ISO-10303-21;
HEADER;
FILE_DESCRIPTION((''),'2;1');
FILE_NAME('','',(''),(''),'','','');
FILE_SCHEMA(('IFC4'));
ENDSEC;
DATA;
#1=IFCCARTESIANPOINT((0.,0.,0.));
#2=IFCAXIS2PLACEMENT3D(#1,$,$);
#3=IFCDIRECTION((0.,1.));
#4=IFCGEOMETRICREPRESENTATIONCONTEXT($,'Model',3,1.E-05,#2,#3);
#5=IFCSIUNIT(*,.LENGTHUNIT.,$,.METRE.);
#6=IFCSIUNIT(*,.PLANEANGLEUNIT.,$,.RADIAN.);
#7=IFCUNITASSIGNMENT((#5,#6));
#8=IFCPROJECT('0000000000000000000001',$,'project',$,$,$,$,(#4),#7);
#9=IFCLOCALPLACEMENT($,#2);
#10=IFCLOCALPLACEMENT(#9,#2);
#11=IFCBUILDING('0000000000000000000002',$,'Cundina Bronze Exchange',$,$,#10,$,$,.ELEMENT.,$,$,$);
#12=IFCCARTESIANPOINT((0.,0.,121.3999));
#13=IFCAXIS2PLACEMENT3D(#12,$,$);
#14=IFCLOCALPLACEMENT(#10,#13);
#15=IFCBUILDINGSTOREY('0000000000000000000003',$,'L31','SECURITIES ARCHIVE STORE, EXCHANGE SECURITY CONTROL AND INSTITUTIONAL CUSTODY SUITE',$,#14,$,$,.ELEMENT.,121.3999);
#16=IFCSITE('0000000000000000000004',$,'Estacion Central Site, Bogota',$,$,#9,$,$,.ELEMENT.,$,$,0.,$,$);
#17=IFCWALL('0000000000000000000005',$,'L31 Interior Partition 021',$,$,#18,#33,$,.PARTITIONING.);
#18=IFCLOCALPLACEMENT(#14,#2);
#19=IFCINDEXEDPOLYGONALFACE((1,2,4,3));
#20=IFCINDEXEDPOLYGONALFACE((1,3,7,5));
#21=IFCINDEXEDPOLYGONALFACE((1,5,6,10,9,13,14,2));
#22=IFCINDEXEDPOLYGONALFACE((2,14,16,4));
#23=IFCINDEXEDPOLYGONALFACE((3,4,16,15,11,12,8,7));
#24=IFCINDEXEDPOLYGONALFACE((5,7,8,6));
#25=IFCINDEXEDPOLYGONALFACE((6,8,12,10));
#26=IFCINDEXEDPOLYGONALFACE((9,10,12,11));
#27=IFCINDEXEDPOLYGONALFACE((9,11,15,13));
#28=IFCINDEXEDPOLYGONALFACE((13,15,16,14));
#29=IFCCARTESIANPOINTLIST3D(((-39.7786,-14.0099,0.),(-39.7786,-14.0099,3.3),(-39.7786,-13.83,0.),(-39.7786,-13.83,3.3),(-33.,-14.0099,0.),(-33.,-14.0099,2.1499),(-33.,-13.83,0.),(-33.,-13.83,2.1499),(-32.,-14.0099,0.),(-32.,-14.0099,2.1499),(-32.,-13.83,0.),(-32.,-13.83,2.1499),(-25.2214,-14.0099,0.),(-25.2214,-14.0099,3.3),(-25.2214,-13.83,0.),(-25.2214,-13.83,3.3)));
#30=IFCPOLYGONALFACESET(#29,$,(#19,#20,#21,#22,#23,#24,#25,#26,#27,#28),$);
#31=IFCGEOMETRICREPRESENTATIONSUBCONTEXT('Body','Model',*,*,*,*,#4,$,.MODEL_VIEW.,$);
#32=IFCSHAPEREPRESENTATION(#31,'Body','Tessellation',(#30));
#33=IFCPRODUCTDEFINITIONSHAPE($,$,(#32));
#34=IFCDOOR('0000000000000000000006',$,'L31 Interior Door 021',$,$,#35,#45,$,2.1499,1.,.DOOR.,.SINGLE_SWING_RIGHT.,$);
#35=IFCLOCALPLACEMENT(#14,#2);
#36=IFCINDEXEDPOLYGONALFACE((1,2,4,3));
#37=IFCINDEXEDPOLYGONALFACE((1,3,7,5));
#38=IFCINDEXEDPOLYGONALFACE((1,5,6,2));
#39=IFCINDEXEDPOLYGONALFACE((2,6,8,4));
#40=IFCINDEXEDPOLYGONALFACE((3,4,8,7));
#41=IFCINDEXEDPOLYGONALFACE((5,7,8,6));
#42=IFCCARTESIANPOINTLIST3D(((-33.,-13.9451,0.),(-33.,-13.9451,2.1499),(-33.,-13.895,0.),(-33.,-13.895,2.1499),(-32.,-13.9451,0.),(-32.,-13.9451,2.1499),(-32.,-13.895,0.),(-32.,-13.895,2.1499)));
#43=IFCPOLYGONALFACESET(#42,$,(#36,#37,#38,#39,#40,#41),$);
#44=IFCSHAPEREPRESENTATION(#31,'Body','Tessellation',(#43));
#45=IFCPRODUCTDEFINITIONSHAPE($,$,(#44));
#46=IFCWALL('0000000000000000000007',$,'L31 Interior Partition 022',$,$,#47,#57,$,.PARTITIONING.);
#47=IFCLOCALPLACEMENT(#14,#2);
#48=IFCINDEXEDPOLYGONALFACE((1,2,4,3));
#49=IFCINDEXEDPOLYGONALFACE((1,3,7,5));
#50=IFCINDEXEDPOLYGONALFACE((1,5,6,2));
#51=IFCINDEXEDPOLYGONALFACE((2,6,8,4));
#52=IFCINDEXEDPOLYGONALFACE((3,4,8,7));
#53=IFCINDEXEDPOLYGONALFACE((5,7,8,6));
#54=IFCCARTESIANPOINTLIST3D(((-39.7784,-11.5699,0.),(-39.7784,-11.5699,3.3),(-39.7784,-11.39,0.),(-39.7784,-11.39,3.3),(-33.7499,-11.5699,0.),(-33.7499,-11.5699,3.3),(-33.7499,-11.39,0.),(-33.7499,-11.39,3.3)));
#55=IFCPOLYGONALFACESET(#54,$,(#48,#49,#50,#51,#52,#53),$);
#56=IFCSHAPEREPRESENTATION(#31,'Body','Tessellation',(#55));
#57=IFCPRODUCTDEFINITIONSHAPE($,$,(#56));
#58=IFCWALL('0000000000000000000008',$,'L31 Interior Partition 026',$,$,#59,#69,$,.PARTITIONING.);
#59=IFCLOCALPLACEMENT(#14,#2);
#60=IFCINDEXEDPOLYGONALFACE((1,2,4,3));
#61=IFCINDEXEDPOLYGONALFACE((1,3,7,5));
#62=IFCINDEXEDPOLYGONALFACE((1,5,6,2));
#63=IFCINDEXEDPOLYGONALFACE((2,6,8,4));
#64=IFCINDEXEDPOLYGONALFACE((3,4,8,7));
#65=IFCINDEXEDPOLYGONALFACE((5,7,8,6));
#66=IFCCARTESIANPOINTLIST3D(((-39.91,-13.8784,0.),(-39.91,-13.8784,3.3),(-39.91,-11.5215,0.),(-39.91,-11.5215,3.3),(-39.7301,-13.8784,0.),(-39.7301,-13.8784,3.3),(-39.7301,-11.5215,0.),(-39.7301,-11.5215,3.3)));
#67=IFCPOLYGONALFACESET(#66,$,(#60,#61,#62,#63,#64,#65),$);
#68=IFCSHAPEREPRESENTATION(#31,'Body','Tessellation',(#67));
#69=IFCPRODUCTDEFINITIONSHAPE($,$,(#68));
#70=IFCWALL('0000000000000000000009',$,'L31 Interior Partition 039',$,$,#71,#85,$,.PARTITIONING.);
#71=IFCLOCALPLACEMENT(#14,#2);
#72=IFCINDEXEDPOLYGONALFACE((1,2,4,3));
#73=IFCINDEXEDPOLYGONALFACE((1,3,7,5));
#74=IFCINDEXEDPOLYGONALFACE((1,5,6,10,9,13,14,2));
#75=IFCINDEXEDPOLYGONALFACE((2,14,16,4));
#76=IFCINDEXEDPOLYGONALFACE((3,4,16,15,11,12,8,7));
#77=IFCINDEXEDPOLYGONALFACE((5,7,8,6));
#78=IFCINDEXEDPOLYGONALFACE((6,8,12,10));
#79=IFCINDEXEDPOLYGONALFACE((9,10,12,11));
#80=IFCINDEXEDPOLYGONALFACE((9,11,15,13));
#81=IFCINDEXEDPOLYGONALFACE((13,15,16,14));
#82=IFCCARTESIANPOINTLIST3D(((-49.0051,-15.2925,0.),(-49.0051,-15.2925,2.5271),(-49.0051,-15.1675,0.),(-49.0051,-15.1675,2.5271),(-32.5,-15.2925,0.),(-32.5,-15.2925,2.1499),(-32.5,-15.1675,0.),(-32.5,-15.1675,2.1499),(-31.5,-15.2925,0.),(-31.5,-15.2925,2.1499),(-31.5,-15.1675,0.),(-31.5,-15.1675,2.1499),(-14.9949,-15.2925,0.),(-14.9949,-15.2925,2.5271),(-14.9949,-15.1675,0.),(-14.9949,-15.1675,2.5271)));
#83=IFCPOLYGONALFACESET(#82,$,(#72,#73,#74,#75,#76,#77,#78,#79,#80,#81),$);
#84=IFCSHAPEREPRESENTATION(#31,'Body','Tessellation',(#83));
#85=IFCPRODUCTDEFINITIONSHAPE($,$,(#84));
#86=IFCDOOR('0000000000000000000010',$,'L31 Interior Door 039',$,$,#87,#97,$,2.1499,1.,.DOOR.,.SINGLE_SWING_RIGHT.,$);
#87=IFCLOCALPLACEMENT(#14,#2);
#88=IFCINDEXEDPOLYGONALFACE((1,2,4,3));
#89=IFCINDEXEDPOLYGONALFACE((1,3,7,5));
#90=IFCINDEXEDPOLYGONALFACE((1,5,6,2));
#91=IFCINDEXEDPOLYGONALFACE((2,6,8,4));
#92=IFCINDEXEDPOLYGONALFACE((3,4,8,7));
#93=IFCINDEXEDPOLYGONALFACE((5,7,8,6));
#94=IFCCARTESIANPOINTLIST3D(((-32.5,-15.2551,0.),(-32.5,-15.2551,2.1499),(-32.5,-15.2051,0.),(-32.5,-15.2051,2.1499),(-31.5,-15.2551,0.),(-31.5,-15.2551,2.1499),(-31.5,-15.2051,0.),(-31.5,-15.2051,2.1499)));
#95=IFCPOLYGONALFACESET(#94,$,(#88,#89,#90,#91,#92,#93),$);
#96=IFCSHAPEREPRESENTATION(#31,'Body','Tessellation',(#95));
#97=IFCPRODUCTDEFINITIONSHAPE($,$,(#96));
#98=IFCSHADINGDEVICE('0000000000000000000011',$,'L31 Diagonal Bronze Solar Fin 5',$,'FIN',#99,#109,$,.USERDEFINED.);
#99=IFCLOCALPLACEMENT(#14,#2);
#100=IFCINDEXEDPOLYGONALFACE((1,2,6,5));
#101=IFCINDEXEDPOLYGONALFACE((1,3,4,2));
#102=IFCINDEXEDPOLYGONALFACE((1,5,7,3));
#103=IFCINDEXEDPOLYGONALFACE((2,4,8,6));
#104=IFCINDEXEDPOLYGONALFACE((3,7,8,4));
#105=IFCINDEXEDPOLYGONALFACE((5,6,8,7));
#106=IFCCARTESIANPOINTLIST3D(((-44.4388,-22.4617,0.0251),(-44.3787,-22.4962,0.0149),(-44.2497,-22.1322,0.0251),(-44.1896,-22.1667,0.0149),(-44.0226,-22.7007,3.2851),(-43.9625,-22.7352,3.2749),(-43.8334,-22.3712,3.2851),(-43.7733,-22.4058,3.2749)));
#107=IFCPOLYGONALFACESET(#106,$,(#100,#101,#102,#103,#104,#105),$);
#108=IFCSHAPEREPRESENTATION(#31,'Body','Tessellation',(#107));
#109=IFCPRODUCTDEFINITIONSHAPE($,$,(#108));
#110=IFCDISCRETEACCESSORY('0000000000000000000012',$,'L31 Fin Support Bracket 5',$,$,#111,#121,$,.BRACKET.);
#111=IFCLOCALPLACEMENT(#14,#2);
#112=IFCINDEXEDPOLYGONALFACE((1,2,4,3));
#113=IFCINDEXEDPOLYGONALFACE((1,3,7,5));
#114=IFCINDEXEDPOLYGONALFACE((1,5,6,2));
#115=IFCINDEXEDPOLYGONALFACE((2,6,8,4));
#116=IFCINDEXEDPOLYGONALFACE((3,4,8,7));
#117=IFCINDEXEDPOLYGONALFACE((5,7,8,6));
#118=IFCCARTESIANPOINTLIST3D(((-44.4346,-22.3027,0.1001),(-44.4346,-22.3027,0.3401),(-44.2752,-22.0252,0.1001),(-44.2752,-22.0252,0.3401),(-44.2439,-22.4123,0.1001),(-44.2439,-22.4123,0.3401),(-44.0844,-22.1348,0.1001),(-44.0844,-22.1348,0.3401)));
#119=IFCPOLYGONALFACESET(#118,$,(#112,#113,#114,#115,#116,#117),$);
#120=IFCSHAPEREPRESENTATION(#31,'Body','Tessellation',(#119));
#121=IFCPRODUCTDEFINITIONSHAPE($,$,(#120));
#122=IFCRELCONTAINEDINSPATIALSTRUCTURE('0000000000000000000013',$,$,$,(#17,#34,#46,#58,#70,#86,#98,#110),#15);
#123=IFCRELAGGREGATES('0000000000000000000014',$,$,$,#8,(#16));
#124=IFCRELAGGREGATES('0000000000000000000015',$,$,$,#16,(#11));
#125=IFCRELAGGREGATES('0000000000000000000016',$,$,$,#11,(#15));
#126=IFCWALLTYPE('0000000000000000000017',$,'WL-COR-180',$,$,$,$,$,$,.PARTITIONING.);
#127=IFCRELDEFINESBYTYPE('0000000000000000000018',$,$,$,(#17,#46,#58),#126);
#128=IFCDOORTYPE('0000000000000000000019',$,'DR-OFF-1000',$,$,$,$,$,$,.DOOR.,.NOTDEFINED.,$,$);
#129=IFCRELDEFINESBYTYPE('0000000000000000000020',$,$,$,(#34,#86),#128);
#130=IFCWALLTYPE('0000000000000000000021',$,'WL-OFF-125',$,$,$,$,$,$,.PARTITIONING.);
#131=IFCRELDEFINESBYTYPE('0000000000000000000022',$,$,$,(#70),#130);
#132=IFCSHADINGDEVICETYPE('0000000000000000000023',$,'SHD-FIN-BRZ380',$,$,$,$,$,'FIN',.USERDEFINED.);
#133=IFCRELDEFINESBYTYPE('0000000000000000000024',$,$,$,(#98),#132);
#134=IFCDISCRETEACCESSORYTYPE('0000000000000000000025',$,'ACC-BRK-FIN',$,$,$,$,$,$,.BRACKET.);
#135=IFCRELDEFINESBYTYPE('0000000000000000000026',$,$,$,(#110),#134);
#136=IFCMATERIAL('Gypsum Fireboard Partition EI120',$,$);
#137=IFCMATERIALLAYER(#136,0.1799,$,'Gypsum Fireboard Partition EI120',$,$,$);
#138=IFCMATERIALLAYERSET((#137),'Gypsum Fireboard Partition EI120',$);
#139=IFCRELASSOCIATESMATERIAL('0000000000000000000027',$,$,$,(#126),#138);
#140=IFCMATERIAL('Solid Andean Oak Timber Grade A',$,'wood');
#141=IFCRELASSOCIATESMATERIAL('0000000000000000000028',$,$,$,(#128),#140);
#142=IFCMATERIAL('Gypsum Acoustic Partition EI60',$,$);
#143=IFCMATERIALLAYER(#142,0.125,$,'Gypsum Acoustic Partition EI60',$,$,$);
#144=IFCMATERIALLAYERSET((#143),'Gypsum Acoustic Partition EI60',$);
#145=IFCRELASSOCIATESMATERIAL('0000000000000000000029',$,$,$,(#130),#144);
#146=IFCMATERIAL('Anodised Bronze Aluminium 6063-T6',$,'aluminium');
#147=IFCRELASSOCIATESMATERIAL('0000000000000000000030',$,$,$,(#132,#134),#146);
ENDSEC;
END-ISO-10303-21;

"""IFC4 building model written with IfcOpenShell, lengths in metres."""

from ifc_helpers import new_model, si_unit, direction, frame, frame_2d, origin, origin_2d, place, context, subcontext, project, spatial, rectangle, extrude, material, layer, layer_set, material_profile, profile_set, type_object, element, fill, save


model = new_model("IFC4")

# Units and contexts
model_context = context("Model", 3, precision=1e-05, world=origin(), true_north=direction((0.0, 1.0)))
body_context = subcontext(model_context, "Body", "Model", "MODEL_VIEW")
ifc_project = project(units=[si_unit("LENGTHUNIT", "METRE"), si_unit("PLANEANGLEUNIT", "RADIAN")], contexts=[model_context])

# Site, building, storey
site_placement = place(None, origin())
site = spatial("IfcSite", under=ifc_project, at=site_placement, Name="Estacion Central Site, Bogota", CompositionType="ELEMENT", RefElevation=0.0)
building_placement = place(site_placement, origin())
building = spatial("IfcBuilding", under=site, at=building_placement, Name="Cundina Bronze Exchange", CompositionType="ELEMENT")
storey_placement = place(building_placement, frame((0.0, 0.0, 121.3999)))
storey = spatial("IfcBuildingStorey", under=building, at=storey_placement, Name="L31", Description="SECURITIES ARCHIVE STORE, EXCHANGE SECURITY CONTROL AND INSTITUTIONAL CUSTODY SUITE", CompositionType="ELEMENT", Elevation=121.3999)

# Shared definitions
ifc_material_1 = material(Name="Anodised Bronze Aluminium 6063-T6", Category="aluminium")

# Wall, opening, door
ifc_material_2 = material(Name="Gypsum Fireboard Partition EI120")
ifc_layer_1 = layer(ifc_material_2, 0.1799, Name="Gypsum Fireboard Partition EI120")
ifc_layer_set_1 = layer_set([ifc_layer_1], Name="Gypsum Fireboard Partition EI120")
wall_type_1 = type_object("IfcWallType", Name="WL-COR-180", PredefinedType="PARTITIONING", material=ifc_layer_set_1)
wall_1_placement = place(storey_placement, frame((-39.7786, -13.9199, 0.0), z_axis=(0.0, 0.0, 1.0), x_axis=(1.0, 0.0, 0.0)))
wall_1 = element("IfcWall", 1, at=wall_1_placement, inside=storey, type_object=wall_type_1, Name="L31 Interior Partition 021", PredefinedType="PARTITIONING", context=body_context, shape_type="SweptSolid", body=[
    extrude(rectangle(XDim=14.5571, YDim=0.1799, at=frame_2d((7.2786, 0.0))), origin(), (0.0, 0.0, 1.0), 3.3),
])
opening_1_placement = place(wall_1_placement, frame((6.7786, 0.0, 0.0)))
opening_1 = element("IfcOpeningElement", 2, at=opening_1_placement, cuts=wall_1, PredefinedType="OPENING", context=body_context, shape_type="SweptSolid", body=[
    extrude(rectangle(XDim=1.0, YDim=2.1499, at=frame_2d((0.5, 1.075))), frame((0.0, 0.0999, 0.0), z_axis=(0.0, -1.0, 0.0), x_axis=(1.0, 0.0, 0.0)), (0.0, 0.0, 1.0), 0.2),
])
ifc_material_3 = material(Name="Solid Andean Oak Timber Grade A", Category="wood")
door_type = type_object("IfcDoorType", Name="DR-OFF-1000", OperationType="NOTDEFINED", PredefinedType="DOOR", material=ifc_material_3)
door_1_placement = place(opening_1_placement, origin())
door_1 = element("IfcDoor", 3, at=door_1_placement, inside=storey, type_object=door_type, Name="L31 Interior Door 021", OperationType="SINGLE_SWING_RIGHT", OverallHeight=2.1499, OverallWidth=1.0, PredefinedType="DOOR", context=body_context, shape_type="SweptSolid", body=[
    extrude(rectangle(XDim=1.0, YDim=2.1499, at=frame_2d((0.5, 1.075))), frame((0.0, 0.0249, 0.0), z_axis=(0.0, -1.0, 0.0), x_axis=(1.0, 0.0, 0.0)), (0.0, 0.0, 1.0), 0.05),
])
fill(opening_1, door_1)

# Walls
wall_2_placement = place(storey_placement, frame((-33.75, -11.48, 0.0), z_axis=(0.0, 0.0, 1.0), x_axis=(-1.0, 0.0, 0.0)))
element("IfcWall", 4, at=wall_2_placement, inside=storey, type_object=wall_type_1, Name="L31 Interior Partition 022", PredefinedType="PARTITIONING", context=body_context, shape_type="SweptSolid", body=[
    extrude(rectangle(XDim=6.0286, YDim=0.1799, at=frame_2d((3.0142, 0.0))), origin(), (0.0, 0.0, 1.0), 3.3),
])
wall_3_placement = place(storey_placement, frame((-39.8201, -11.5215, 0.0), z_axis=(0.0, 0.0, 1.0), x_axis=(0.0, -1.0, 0.0)))
element("IfcWall", 5, at=wall_3_placement, inside=storey, type_object=wall_type_1, Name="L31 Interior Partition 026", PredefinedType="PARTITIONING", context=body_context, shape_type="SweptSolid", body=[
    extrude(rectangle(XDim=2.3569, YDim=0.1799, at=frame_2d((1.1785, 0.0))), origin(), (0.0, 0.0, 1.0), 3.3),
])

# Wall, opening, door
ifc_material_4 = material(Name="Gypsum Acoustic Partition EI60")
ifc_layer_2 = layer(ifc_material_4, 0.125, Name="Gypsum Acoustic Partition EI60")
ifc_layer_set_2 = layer_set([ifc_layer_2], Name="Gypsum Acoustic Partition EI60")
wall_type_2 = type_object("IfcWallType", Name="WL-OFF-125", PredefinedType="PARTITIONING", material=ifc_layer_set_2)
wall_4_placement = place(storey_placement, frame((-49.0051, -15.23, 0.0), z_axis=(0.0, 0.0, 1.0), x_axis=(1.0, 0.0, 0.0)))
wall_4 = element("IfcWall", 6, at=wall_4_placement, inside=storey, type_object=wall_type_2, Name="L31 Interior Partition 039", PredefinedType="PARTITIONING", context=body_context, shape_type="SweptSolid", body=[
    extrude(rectangle(XDim=34.0103, YDim=0.125, at=frame_2d((17.0051, 0.0))), origin(), (0.0, 0.0, 1.0), 2.5271),
])
opening_2_placement = place(wall_4_placement, frame((16.5051, 0.0, 0.0)))
opening_2 = element("IfcOpeningElement", 7, at=opening_2_placement, cuts=wall_4, PredefinedType="OPENING", context=body_context, shape_type="SweptSolid", body=[
    extrude(rectangle(XDim=1.0, YDim=2.1499, at=frame_2d((0.5, 1.075))), frame((0.0, 0.0725, 0.0), z_axis=(0.0, -1.0, 0.0), x_axis=(1.0, 0.0, 0.0)), (0.0, 0.0, 1.0), 0.145),
])
door_2_placement = place(opening_2_placement, origin())
door_2 = element("IfcDoor", 8, at=door_2_placement, inside=storey, type_object=door_type, Name="L31 Interior Door 039", OperationType="SINGLE_SWING_RIGHT", OverallHeight=2.1499, OverallWidth=1.0, PredefinedType="DOOR", context=body_context, shape_type="SweptSolid", body=[
    extrude(rectangle(XDim=1.0, YDim=2.1499, at=frame_2d((0.5, 1.075))), frame((0.0, 0.0249, 0.0), z_axis=(0.0, -1.0, 0.0), x_axis=(1.0, 0.0, 0.0)), (0.0, 0.0, 1.0), 0.05),
])
fill(opening_2, door_2)

# Shading device
ifc_material_profile_1 = material_profile(ifc_material_1, rectangle(XDim=0.0701, YDim=0.3799, at=origin_2d()), Name="FIN70X380", Category="aluminium")
ifc_profile_set_1 = profile_set([ifc_material_profile_1], Name="Anodised Bronze Aluminium 6063-T6")
shading_device_type = type_object("IfcShadingDeviceType", Name="SHD-FIN-BRZ380", ElementType="FIN", PredefinedType="USERDEFINED", material=ifc_profile_set_1)
shading_device_placement = place(storey_placement, frame((-44.3142, -22.3142, 0.02), z_axis=(0.126325, -0.072535, 0.989333), x_axis=(-0.857958, 0.492634, 0.145668)))
element("IfcShadingDevice", 9, at=shading_device_placement, inside=storey, type_object=shading_device_type, Name="L31 Diagonal Bronze Solar Fin 5", ObjectType="FIN", PredefinedType="USERDEFINED", context=body_context, shape_type="SweptSolid", body=[
    extrude(rectangle(XDim=0.0701, YDim=0.3799, at=origin_2d()), origin(), (0.0, 0.0, 1.0), 3.2952),
])

# Discrete accessory
discrete_accessory_type = type_object("IfcDiscreteAccessoryType", Name="ACC-BRK-FIN", PredefinedType="BRACKET", material=ifc_material_1)
discrete_accessory_placement = place(storey_placement, frame((-44.2595, -22.2188, 0.1001), z_axis=(0.0, 0.0, 1.0), x_axis=(0.867105, -0.498125, 0.0)))
element("IfcDiscreteAccessory", 10, at=discrete_accessory_placement, inside=storey, type_object=discrete_accessory_type, Name="L31 Fin Support Bracket 5", PredefinedType="BRACKET", context=body_context, shape_type="SweptSolid", body=[
    extrude(rectangle(XDim=0.22, YDim=0.3201, at=origin_2d()), origin(), (0.0, 0.0, 1.0), 0.24),
])

save(model, "model.ifc")
